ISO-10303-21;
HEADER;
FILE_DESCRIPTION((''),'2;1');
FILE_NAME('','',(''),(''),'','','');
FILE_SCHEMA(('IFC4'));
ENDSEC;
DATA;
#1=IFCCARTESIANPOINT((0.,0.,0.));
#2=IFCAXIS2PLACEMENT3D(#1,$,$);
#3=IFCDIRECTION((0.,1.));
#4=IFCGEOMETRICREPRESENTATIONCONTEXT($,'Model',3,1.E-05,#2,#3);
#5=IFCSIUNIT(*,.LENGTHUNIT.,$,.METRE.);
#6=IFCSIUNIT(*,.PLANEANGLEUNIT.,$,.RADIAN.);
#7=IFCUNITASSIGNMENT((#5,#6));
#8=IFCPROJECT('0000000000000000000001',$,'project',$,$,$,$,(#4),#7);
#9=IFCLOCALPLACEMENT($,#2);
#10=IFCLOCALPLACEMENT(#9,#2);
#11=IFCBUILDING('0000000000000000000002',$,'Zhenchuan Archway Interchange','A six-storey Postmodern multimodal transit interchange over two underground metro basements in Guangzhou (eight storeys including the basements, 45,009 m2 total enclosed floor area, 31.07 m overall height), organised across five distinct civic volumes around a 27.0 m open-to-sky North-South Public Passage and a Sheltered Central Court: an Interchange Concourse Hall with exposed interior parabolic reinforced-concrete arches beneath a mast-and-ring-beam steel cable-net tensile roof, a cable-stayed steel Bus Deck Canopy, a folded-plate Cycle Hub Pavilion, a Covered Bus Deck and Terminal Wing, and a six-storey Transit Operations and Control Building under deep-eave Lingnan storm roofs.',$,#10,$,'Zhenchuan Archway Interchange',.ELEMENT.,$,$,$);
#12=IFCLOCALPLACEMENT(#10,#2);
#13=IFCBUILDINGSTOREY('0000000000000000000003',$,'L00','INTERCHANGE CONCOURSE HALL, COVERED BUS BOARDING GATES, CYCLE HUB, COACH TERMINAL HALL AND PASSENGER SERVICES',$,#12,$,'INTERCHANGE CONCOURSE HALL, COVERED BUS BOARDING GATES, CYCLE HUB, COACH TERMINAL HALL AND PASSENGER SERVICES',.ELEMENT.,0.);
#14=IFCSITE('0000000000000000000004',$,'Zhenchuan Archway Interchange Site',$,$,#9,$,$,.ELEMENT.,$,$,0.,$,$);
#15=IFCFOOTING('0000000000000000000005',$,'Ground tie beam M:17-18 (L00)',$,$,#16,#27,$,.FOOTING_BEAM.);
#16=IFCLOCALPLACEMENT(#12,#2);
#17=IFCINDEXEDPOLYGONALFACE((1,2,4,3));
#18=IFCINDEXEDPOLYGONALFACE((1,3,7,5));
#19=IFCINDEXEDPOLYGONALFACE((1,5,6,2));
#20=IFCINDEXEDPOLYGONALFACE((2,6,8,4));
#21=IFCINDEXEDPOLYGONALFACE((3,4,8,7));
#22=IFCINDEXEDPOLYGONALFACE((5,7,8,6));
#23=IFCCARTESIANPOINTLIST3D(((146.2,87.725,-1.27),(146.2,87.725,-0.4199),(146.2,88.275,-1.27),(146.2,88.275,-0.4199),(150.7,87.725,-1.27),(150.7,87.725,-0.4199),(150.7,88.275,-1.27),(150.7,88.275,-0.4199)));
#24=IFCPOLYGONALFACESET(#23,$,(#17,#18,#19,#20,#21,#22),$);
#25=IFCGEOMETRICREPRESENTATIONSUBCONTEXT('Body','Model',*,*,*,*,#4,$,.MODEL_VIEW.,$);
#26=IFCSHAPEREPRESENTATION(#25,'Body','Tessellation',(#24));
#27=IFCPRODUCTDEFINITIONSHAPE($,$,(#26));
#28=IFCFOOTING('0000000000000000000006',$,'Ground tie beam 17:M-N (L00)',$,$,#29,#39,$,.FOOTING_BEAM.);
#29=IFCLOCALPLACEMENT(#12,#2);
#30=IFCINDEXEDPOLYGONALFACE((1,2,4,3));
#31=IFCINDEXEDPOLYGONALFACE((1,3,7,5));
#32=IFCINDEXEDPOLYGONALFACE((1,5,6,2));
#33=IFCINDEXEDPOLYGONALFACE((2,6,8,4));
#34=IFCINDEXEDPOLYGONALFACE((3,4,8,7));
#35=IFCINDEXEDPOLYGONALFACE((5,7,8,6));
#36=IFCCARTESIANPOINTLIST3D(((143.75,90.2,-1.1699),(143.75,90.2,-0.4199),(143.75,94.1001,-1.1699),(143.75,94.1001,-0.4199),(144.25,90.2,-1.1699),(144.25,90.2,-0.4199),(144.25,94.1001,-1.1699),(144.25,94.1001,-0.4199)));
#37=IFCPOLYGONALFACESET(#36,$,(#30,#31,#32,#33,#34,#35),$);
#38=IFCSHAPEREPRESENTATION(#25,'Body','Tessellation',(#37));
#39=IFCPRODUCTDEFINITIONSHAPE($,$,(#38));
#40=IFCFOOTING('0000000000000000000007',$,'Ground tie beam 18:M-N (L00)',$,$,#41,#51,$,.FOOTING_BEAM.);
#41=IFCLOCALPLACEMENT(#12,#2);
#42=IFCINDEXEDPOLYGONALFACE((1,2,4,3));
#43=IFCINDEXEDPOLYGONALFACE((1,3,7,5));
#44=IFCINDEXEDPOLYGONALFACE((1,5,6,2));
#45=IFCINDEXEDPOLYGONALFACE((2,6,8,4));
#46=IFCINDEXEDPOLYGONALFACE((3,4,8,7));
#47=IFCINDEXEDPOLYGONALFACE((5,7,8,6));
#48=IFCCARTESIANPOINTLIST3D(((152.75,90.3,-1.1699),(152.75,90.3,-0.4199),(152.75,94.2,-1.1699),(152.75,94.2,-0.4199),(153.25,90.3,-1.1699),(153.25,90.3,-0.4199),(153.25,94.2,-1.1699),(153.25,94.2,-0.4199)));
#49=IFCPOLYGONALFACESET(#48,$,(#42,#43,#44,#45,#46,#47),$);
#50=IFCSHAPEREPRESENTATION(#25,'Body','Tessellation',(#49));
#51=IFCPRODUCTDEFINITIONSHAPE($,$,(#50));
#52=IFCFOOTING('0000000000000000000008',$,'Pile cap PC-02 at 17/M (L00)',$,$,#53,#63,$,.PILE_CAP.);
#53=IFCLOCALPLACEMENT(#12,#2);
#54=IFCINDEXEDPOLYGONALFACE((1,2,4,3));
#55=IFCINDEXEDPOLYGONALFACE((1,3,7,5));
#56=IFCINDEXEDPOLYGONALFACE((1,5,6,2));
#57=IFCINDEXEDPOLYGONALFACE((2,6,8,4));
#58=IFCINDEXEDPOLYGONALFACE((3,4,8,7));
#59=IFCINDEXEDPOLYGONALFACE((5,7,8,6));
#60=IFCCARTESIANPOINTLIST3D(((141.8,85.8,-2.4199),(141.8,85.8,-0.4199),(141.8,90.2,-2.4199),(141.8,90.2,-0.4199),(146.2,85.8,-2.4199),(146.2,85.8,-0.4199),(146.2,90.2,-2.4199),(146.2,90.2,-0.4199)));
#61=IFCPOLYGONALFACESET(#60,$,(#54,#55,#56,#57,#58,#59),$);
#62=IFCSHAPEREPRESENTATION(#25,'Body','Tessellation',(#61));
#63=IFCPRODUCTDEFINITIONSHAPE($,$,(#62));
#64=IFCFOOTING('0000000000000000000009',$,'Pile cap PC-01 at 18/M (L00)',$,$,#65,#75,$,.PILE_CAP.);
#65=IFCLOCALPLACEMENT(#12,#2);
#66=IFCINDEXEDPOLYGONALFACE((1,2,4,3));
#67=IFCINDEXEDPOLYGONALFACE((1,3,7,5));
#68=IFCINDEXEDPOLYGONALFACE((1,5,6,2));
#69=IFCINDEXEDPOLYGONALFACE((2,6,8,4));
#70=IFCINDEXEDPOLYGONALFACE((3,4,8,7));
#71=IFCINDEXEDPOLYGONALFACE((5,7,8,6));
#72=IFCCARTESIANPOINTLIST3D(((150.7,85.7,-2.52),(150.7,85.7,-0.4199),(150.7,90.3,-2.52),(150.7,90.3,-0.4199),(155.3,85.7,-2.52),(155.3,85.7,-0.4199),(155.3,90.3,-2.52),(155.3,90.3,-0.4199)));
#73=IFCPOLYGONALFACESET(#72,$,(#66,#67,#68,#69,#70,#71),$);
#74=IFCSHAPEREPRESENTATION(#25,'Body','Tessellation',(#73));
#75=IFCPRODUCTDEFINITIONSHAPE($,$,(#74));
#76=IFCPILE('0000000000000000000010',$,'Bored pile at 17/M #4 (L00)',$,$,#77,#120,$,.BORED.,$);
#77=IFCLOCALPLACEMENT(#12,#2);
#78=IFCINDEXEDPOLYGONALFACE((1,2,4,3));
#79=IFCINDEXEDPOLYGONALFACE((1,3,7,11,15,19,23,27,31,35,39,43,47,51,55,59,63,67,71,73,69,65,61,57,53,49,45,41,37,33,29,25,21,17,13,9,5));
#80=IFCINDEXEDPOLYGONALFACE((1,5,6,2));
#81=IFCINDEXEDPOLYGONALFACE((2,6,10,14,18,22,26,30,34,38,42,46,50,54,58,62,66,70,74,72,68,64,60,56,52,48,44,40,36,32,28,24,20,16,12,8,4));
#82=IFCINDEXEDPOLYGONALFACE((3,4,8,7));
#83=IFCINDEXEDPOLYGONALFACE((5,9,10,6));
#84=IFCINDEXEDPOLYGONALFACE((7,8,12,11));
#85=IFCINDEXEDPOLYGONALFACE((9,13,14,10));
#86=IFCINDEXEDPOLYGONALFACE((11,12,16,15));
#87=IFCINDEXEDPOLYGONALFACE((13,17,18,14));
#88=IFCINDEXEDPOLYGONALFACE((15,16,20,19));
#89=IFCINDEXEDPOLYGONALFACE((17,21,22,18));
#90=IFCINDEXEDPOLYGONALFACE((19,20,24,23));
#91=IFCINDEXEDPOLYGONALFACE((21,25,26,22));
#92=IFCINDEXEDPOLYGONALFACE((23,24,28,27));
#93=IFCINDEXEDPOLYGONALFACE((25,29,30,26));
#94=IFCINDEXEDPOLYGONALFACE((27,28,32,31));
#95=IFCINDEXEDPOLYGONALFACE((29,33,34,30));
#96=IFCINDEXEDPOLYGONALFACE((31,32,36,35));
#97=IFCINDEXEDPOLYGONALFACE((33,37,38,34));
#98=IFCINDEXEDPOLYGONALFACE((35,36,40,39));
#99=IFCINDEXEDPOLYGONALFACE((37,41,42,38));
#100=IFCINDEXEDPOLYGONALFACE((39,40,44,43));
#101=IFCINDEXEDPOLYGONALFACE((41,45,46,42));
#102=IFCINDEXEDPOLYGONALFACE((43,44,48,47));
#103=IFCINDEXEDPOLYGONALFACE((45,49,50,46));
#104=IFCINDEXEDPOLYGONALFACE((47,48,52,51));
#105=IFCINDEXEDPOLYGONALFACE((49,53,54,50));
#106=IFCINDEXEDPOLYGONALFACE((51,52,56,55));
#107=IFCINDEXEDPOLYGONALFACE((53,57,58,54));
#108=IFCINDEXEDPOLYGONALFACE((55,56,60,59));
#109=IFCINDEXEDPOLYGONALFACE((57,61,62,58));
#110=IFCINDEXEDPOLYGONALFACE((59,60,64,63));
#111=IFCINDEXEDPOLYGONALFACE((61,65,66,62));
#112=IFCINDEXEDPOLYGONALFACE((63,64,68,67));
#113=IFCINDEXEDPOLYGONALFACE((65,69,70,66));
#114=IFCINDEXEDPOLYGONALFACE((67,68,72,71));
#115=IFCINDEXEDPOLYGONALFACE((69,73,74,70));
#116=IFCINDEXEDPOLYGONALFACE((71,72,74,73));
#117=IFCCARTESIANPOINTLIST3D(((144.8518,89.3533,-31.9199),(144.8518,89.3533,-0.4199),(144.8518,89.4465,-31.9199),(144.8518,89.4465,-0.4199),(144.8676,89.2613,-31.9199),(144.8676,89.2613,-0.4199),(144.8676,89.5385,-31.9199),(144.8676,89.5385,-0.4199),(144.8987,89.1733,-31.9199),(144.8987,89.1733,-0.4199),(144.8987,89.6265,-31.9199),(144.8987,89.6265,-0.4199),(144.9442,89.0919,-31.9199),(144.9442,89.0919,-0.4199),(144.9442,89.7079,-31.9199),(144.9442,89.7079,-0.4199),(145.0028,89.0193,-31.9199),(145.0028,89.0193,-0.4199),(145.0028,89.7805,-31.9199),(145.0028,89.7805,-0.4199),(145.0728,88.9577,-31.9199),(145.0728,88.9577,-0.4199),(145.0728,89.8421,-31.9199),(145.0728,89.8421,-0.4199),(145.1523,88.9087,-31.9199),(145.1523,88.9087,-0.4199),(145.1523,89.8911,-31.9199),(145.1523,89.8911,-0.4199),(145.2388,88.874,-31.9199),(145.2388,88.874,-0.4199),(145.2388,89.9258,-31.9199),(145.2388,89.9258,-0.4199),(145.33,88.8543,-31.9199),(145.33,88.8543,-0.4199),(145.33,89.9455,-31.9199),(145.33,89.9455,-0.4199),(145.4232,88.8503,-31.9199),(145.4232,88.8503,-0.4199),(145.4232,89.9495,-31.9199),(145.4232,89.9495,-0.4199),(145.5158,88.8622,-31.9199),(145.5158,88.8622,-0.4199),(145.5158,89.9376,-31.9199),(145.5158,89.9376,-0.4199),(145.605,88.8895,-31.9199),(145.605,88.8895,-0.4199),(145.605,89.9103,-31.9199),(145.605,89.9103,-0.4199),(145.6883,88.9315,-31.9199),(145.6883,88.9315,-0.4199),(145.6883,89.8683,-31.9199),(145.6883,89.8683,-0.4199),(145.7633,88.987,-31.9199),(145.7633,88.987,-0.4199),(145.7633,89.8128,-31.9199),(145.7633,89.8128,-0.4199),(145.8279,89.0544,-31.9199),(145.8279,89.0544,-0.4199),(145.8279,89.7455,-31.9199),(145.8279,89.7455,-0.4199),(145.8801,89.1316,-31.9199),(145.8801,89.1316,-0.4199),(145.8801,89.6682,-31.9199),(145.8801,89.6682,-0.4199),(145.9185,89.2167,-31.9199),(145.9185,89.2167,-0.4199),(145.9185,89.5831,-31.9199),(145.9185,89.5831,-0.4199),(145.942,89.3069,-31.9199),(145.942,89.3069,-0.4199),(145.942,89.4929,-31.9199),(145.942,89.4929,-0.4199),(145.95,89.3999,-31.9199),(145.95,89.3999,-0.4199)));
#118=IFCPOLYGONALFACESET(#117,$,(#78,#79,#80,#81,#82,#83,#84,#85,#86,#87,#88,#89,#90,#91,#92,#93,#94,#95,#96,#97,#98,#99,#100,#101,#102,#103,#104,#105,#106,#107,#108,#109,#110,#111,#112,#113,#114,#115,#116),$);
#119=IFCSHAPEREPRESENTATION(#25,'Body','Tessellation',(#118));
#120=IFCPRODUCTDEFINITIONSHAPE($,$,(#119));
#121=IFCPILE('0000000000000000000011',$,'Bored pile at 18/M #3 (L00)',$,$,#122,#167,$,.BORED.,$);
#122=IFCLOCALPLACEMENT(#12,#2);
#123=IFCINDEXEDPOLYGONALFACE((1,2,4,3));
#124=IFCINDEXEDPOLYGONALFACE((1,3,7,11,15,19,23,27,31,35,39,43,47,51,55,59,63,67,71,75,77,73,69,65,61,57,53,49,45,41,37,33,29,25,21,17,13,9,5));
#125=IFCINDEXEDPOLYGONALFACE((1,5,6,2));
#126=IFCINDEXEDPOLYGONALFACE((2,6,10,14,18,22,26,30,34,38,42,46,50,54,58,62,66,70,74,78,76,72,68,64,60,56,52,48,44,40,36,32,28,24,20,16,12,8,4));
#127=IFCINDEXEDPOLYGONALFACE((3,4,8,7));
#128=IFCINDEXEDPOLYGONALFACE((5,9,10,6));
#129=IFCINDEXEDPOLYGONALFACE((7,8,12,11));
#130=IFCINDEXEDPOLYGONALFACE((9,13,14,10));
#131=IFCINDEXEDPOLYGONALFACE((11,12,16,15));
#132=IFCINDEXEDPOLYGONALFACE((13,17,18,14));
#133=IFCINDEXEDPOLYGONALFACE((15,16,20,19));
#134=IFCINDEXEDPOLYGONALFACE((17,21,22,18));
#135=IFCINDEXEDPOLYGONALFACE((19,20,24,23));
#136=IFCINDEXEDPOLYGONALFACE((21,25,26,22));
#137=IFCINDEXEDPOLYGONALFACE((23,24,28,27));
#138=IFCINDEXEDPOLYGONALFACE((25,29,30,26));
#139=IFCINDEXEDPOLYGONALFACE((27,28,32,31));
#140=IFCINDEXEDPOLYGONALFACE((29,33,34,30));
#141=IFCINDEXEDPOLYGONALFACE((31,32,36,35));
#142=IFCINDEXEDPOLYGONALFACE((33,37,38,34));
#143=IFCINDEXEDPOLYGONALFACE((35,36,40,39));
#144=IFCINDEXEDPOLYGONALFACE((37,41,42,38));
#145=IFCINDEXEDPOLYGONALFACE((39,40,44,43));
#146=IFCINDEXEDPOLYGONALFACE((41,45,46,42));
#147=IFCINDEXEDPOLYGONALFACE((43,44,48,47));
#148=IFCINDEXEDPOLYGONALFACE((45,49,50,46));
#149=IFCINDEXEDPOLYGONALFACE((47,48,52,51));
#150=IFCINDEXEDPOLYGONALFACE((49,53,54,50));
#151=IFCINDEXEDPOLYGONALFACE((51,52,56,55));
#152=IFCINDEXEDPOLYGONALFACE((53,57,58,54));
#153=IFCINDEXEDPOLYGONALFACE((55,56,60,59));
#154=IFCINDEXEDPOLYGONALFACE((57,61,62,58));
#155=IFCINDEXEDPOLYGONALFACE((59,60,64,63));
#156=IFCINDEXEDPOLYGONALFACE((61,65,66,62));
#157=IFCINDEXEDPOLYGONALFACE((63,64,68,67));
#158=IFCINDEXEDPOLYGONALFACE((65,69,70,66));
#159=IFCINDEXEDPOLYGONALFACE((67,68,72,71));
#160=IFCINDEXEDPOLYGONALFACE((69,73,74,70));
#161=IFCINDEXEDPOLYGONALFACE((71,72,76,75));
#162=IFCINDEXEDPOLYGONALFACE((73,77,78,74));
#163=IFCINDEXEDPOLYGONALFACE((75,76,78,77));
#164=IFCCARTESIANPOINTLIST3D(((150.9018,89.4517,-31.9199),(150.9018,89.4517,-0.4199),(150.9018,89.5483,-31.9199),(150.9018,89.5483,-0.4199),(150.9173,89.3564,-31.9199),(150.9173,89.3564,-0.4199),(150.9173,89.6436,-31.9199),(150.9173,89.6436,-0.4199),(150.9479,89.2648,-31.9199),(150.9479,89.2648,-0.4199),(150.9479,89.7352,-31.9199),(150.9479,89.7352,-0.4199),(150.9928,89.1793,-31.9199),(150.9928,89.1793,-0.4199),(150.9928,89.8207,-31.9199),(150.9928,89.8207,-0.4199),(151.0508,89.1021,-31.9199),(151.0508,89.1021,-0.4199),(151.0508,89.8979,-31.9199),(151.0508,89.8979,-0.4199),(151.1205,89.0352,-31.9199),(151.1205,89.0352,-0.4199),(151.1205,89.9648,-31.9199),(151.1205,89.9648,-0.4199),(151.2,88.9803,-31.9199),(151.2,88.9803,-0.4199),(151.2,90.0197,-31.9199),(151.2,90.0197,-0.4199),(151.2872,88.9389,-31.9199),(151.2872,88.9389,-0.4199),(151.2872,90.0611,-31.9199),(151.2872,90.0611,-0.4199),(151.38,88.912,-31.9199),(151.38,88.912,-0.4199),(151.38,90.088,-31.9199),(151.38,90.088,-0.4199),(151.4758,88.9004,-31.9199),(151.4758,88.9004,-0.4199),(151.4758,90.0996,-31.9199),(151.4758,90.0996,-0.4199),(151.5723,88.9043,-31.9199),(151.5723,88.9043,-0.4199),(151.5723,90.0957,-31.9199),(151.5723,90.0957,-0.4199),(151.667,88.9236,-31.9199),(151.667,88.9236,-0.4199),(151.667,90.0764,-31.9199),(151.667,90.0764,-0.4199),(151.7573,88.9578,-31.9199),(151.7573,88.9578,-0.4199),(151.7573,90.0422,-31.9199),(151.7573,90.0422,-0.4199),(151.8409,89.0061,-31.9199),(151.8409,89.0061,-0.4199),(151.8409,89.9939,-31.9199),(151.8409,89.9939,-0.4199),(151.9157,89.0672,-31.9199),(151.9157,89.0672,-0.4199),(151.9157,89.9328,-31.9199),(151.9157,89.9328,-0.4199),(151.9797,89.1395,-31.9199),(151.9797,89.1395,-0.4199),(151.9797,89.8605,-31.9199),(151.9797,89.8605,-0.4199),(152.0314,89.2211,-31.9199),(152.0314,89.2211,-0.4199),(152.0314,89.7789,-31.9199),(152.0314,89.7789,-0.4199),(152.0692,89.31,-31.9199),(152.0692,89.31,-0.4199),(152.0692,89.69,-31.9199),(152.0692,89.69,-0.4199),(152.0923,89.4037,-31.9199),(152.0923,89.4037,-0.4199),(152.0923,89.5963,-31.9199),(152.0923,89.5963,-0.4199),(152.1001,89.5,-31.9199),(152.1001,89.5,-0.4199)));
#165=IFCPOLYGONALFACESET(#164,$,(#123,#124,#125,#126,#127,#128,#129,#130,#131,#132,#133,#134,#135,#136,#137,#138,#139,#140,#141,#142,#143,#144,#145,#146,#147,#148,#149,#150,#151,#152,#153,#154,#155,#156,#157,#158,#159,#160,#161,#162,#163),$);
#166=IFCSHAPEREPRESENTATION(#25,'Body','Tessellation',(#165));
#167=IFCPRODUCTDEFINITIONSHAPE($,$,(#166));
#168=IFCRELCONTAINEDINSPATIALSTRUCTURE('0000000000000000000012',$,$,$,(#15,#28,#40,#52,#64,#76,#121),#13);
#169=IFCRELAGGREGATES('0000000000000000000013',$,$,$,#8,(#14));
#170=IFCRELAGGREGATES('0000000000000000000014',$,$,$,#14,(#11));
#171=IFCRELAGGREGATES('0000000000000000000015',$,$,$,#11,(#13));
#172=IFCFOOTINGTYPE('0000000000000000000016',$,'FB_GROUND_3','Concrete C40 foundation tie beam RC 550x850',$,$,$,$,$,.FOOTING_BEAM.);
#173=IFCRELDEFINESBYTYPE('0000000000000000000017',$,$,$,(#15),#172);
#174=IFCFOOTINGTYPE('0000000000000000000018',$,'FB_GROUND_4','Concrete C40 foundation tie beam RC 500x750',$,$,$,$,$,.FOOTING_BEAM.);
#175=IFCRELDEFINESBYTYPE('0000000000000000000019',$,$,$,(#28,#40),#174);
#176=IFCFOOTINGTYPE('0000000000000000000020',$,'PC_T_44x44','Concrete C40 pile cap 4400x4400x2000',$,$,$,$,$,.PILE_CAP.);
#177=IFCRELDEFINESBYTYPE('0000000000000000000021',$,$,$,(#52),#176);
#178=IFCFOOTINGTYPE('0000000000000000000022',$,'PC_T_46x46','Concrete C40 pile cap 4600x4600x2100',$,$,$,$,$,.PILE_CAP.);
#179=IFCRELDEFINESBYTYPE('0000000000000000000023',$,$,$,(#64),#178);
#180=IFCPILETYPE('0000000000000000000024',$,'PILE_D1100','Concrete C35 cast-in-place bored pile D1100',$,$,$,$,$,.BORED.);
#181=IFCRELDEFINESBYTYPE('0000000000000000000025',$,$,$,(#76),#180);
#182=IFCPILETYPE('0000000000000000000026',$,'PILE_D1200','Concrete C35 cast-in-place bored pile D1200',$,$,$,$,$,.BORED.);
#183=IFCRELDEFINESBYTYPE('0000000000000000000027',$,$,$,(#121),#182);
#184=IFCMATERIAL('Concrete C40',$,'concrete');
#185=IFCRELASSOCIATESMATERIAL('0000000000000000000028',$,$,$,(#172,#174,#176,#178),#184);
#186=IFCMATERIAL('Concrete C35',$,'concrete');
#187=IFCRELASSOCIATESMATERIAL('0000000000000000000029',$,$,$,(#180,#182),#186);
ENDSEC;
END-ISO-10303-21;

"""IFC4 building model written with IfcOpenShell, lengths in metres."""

from ifc_helpers import new_model, si_unit, direction, frame, origin, origin_2d, place, context, subcontext, project, spatial, rectangle, circle, extrude, material, material_profile, profile_set, type_object, element, save


model = new_model("IFC4")

# Units and contexts
model_context = context("Model", 3, precision=1e-05, world=origin(), true_north=direction((0.0, 1.0)))
body_context = subcontext(model_context, "Body", "Model", "MODEL_VIEW")
ifc_project = project(units=[si_unit("LENGTHUNIT", "METRE"), si_unit("PLANEANGLEUNIT", "RADIAN")], contexts=[model_context])

# Site, building, storey
site_placement = place(None, origin())
site = spatial("IfcSite", under=ifc_project, at=site_placement, Name="Zhenchuan Archway Interchange Site", CompositionType="ELEMENT", RefElevation=0.0)
building_placement = place(site_placement, origin())
building = spatial("IfcBuilding", under=site, at=building_placement, Name="Zhenchuan Archway Interchange", Description="A six-storey Postmodern multimodal transit interchange over two underground metro basements in Guangzhou (eight storeys including the basements, 45,009 m2 total enclosed floor area, 31.07 m overall height), organised across five distinct civic volumes around a 27.0 m open-to-sky North-South Public Passage and a Sheltered Central Court: an Interchange Concourse Hall with exposed interior parabolic reinforced-concrete arches beneath a mast-and-ring-beam steel cable-net tensile roof, a cable-stayed steel Bus Deck Canopy, a folded-plate Cycle Hub Pavilion, a Covered Bus Deck and Terminal Wing, and a six-storey Transit Operations and Control Building under deep-eave Lingnan storm roofs.", LongName="Zhenchuan Archway Interchange", CompositionType="ELEMENT")
storey_placement = place(building_placement, origin())
storey = spatial("IfcBuildingStorey", under=building, at=storey_placement, Name="L00", Description="INTERCHANGE CONCOURSE HALL, COVERED BUS BOARDING GATES, CYCLE HUB, COACH TERMINAL HALL AND PASSENGER SERVICES", LongName="INTERCHANGE CONCOURSE HALL, COVERED BUS BOARDING GATES, CYCLE HUB, COACH TERMINAL HALL AND PASSENGER SERVICES", CompositionType="ELEMENT", Elevation=0.0)

# Footings
ifc_material_1 = material(Name="Concrete C40", Category="concrete")
ifc_material_profile_1 = material_profile(ifc_material_1, rectangle(XDim=0.55, YDim=0.8501, at=origin_2d()), Name="RC 550x850")
ifc_profile_set_1 = profile_set([ifc_material_profile_1], Name="Concrete C40")
footing_type_1 = type_object("IfcFootingType", Name="FB_GROUND_3", Description="Concrete C40 foundation tie beam RC 550x850", PredefinedType="FOOTING_BEAM", material=ifc_profile_set_1)
footing_1_placement = place(storey_placement, frame((146.2, 88.0, -0.845), z_axis=(1.0, 0.0, 0.0), x_axis=(0.0, 1.0, 0.0)))
element("IfcFooting", 1, at=footing_1_placement, inside=storey, type_object=footing_type_1, Name="Ground tie beam M:17-18 (L00)", PredefinedType="FOOTING_BEAM", context=body_context, shape_type="SweptSolid", body=[
    extrude(rectangle(XDim=0.55, YDim=0.8501, at=origin_2d()), origin(), (0.0, 0.0, 1.0), 4.5),
])
ifc_material_profile_2 = material_profile(ifc_material_1, rectangle(XDim=0.5, YDim=0.75, at=origin_2d()), Name="RC 500x750")
ifc_profile_set_2 = profile_set([ifc_material_profile_2], Name="Concrete C40")
footing_type_2 = type_object("IfcFootingType", Name="FB_GROUND_4", Description="Concrete C40 foundation tie beam RC 500x750", PredefinedType="FOOTING_BEAM", material=ifc_profile_set_2)
footing_2_placement = place(storey_placement, frame((144.0, 90.2, -0.7949), z_axis=(0.0, 1.0, 0.0), x_axis=(-1.0, 0.0, 0.0)))
element("IfcFooting", 2, at=footing_2_placement, inside=storey, type_object=footing_type_2, Name="Ground tie beam 17:M-N (L00)", PredefinedType="FOOTING_BEAM", context=body_context, shape_type="SweptSolid", body=[
    extrude(rectangle(XDim=0.5, YDim=0.75, at=origin_2d()), origin(), (0.0, 0.0, 1.0), 3.9001),
])
footing_3_placement = place(storey_placement, frame((153.0, 90.3, -0.7949), z_axis=(0.0, 1.0, 0.0), x_axis=(-1.0, 0.0, 0.0)))
element("IfcFooting", 3, at=footing_3_placement, inside=storey, type_object=footing_type_2, Name="Ground tie beam 18:M-N (L00)", PredefinedType="FOOTING_BEAM", context=body_context, shape_type="SweptSolid", body=[
    extrude(rectangle(XDim=0.5, YDim=0.75, at=origin_2d()), origin(), (0.0, 0.0, 1.0), 3.8999),
])
footing_type_3 = type_object("IfcFootingType", Name="PC_T_44x44", Description="Concrete C40 pile cap 4400x4400x2000", PredefinedType="PILE_CAP", material=ifc_material_1)
footing_4_placement = place(storey_placement, frame((144.0, 88.0, -2.4199), z_axis=(0.0, 0.0, 1.0), x_axis=(1.0, 0.0, 0.0)))
element("IfcFooting", 4, at=footing_4_placement, inside=storey, type_object=footing_type_3, Name="Pile cap PC-02 at 17/M (L00)", PredefinedType="PILE_CAP", context=body_context, shape_type="SweptSolid", body=[
    extrude(rectangle(XDim=4.3999, YDim=4.3999, at=origin_2d()), origin(), (0.0, 0.0, 1.0), 2.0),
])
footing_type_4 = type_object("IfcFootingType", Name="PC_T_46x46", Description="Concrete C40 pile cap 4600x4600x2100", PredefinedType="PILE_CAP", material=ifc_material_1)
footing_5_placement = place(storey_placement, frame((153.0, 88.0, -2.52), z_axis=(0.0, 0.0, 1.0), x_axis=(1.0, 0.0, 0.0)))
element("IfcFooting", 5, at=footing_5_placement, inside=storey, type_object=footing_type_4, Name="Pile cap PC-01 at 18/M (L00)", PredefinedType="PILE_CAP", context=body_context, shape_type="SweptSolid", body=[
    extrude(rectangle(XDim=4.6001, YDim=4.6001, at=origin_2d()), origin(), (0.0, 0.0, 1.0), 2.1001),
])

# Piles
ifc_material_2 = material(Name="Concrete C35", Category="concrete")
ifc_material_profile_3 = material_profile(ifc_material_2, circle(Radius=0.55, at=origin_2d()), Name="BORED PILE 1100")
ifc_profile_set_3 = profile_set([ifc_material_profile_3], Name="Concrete C35")
pile_type_1 = type_object("IfcPileType", Name="PILE_D1100", Description="Concrete C35 cast-in-place bored pile D1100", PredefinedType="BORED", material=ifc_profile_set_3)
pile_placement = place(storey_placement, frame((145.3999, 89.3999, -0.4199), z_axis=(0.0, 0.0, -1.0), x_axis=(1.0, 0.0, 0.0)))
element("IfcPile", 6, at=pile_placement, inside=storey, type_object=pile_type_1, Name="Bored pile at 17/M #4 (L00)", PredefinedType="BORED", context=body_context, shape_type="SweptSolid", body=[
    extrude(circle(Radius=0.55, at=origin_2d()), origin(), (0.0, 0.0, 1.0), 31.5),
])
ifc_material_profile_4 = material_profile(ifc_material_2, circle(Radius=0.6001, at=origin_2d()), Name="BORED PILE 1200")
ifc_profile_set_4 = profile_set([ifc_material_profile_4], Name="Concrete C35")
pile_type_2 = type_object("IfcPileType", Name="PILE_D1200", Description="Concrete C35 cast-in-place bored pile D1200", PredefinedType="BORED", material=ifc_profile_set_4)
for number, where, z_axis, x_axis, name in (
    (7, (151.5, 89.5, -0.4199), (0.0, 0.0, -1.0), (1.0, 0.0, 0.0), "Bored pile at 18/M #3 (L00)"),
):
    element("IfcPile", number, at=place(storey_placement, frame(where, z_axis=z_axis, x_axis=x_axis)), inside=storey, type_object=pile_type_2, Name=name, PredefinedType="BORED", context=body_context, shape_type="SweptSolid", body=[
        extrude(circle(Radius=0.6001, at=origin_2d()), origin(), (0.0, 0.0, 1.0), 31.5),
    ])

save(model, "model.ifc")
